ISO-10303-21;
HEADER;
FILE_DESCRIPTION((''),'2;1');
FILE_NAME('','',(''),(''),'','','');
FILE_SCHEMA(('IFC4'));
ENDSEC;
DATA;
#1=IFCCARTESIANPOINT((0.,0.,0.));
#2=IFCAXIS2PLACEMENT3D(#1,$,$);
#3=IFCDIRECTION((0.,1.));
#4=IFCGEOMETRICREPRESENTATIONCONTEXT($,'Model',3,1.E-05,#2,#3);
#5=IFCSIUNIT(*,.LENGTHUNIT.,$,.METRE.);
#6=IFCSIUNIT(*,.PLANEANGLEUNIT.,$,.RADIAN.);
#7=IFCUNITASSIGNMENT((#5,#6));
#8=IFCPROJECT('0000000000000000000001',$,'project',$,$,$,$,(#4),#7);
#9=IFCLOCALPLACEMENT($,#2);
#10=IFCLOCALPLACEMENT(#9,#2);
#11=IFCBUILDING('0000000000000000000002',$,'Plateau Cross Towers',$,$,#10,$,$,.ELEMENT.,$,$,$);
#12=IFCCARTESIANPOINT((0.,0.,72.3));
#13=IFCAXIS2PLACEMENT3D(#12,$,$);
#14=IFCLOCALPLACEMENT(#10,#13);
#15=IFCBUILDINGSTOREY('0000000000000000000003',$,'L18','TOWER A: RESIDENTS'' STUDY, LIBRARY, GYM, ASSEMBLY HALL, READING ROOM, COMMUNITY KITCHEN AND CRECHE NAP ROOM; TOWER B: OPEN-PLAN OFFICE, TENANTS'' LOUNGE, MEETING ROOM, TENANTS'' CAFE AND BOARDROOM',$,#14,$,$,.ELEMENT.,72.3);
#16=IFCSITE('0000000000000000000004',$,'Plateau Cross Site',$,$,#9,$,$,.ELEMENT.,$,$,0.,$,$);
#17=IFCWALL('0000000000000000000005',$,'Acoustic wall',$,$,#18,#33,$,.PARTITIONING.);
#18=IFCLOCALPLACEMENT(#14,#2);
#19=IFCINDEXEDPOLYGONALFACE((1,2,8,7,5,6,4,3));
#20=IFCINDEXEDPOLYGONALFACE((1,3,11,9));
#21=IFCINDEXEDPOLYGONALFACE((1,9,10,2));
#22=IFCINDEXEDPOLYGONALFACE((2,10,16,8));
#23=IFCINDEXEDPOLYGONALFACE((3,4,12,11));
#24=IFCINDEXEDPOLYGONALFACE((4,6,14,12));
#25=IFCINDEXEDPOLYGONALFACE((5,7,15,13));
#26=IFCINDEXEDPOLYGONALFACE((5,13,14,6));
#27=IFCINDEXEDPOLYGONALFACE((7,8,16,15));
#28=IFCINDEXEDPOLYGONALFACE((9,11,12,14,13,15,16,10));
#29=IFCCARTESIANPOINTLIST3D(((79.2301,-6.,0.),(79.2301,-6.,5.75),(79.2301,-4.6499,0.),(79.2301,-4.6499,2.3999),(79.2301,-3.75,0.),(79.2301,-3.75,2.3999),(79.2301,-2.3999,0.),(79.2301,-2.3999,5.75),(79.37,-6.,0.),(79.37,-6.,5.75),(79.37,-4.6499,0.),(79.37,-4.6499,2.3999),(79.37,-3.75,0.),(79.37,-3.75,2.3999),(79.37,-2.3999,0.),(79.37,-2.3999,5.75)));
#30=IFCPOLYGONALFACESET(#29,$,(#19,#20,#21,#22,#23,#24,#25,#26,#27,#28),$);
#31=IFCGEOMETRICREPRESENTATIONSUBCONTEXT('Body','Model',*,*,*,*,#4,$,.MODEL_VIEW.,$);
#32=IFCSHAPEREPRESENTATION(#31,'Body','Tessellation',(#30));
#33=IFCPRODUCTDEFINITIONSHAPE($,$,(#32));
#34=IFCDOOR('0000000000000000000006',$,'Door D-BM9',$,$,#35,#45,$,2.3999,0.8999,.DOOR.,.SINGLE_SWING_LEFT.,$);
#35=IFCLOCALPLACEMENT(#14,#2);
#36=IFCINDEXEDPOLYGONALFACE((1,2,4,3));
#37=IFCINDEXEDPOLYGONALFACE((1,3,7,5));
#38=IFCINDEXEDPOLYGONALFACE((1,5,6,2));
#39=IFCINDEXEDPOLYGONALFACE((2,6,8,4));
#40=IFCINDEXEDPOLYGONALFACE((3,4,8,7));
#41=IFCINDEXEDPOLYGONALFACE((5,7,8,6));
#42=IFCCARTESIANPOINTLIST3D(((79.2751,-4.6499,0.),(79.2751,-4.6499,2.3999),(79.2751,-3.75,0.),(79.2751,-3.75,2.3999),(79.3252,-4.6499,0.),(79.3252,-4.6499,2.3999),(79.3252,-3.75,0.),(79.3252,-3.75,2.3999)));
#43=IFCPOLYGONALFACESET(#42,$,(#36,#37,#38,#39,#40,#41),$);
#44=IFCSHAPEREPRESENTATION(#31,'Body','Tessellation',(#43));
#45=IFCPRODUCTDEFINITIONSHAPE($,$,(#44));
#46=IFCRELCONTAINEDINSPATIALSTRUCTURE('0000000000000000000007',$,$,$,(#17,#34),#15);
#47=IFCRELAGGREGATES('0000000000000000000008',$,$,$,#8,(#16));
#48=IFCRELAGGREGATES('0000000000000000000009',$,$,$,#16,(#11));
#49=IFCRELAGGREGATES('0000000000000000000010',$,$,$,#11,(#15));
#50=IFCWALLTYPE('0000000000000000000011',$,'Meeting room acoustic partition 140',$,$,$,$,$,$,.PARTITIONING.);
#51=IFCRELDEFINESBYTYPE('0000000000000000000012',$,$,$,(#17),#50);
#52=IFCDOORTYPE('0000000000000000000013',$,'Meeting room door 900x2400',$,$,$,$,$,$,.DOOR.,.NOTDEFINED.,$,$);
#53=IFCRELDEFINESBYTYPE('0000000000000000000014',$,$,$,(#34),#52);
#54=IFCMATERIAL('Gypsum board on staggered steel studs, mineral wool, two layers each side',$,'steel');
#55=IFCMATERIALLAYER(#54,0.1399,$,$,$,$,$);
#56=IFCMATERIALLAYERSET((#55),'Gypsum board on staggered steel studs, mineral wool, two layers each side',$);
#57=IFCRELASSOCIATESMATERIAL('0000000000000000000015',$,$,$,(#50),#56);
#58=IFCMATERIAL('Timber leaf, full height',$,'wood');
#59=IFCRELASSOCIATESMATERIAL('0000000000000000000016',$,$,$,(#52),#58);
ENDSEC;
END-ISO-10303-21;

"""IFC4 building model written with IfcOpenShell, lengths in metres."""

from ifc_helpers import new_model, si_unit, direction, frame, frame_2d, origin, place, context, subcontext, project, spatial, rectangle, extrude, material, layer, layer_set, type_object, element, fill, save


model = new_model("IFC4")

# Units and contexts
model_context = context("Model", 3, precision=1e-05, world=origin(), true_north=direction((0.0, 1.0)))
body_context = subcontext(model_context, "Body", "Model", "MODEL_VIEW")
ifc_project = project(units=[si_unit("LENGTHUNIT", "METRE"), si_unit("PLANEANGLEUNIT", "RADIAN")], contexts=[model_context])

# Site, building, storey
site_placement = place(None, origin())
site = spatial("IfcSite", under=ifc_project, at=site_placement, Name="Plateau Cross Site", CompositionType="ELEMENT", RefElevation=0.0)
building_placement = place(site_placement, origin())
building = spatial("IfcBuilding", under=site, at=building_placement, Name="Plateau Cross Towers", CompositionType="ELEMENT")
storey_placement = place(building_placement, frame((0.0, 0.0, 72.3)))
storey = spatial("IfcBuildingStorey", under=building, at=storey_placement, Name="L18", Description="TOWER A: RESIDENTS' STUDY, LIBRARY, GYM, ASSEMBLY HALL, READING ROOM, COMMUNITY KITCHEN AND CRECHE NAP ROOM; TOWER B: OPEN-PLAN OFFICE, TENANTS' LOUNGE, MEETING ROOM, TENANTS' CAFE AND BOARDROOM", CompositionType="ELEMENT", Elevation=72.3)

# Wall, opening, door
ifc_material_1 = material(Name="Gypsum board on staggered steel studs, mineral wool, two layers each side", Category="steel")
ifc_layer_1 = layer(ifc_material_1, 0.1399)
ifc_layer_set_1 = layer_set([ifc_layer_1], Name="Gypsum board on staggered steel studs, mineral wool, two layers each side")
wall_type_1 = type_object("IfcWallType", Name="Meeting room acoustic partition 140", PredefinedType="PARTITIONING", material=ifc_layer_set_1)
wall_1_placement = place(storey_placement, frame((79.3, -6.0, 0.0), z_axis=(0.0, 0.0, 1.0), x_axis=(0.0, 1.0, 0.0)))
wall_1 = element("IfcWall", 1, at=wall_1_placement, inside=storey, type_object=wall_type_1, Name="Acoustic wall", PredefinedType="PARTITIONING", context=body_context, shape_type="SweptSolid", body=[
    extrude(rectangle(XDim=3.6001, YDim=0.1399, at=frame_2d((1.8, 0.0))), origin(), (0.0, 0.0, 1.0), 5.75),
])
opening_1_placement = place(wall_1_placement, frame((1.3501, 0.0, 0.0)))
opening_1 = element("IfcOpeningElement", 2, at=opening_1_placement, cuts=wall_1, PredefinedType="OPENING", context=body_context, shape_type="SweptSolid", body=[
    extrude(rectangle(XDim=0.8999, YDim=2.3999, at=frame_2d((0.45, 1.2))), frame((0.0, 0.0798, 0.0), z_axis=(0.0, -1.0, 0.0), x_axis=(1.0, 0.0, 0.0)), (0.0, 0.0, 1.0), 0.1599),
])
ifc_material_2 = material(Name="Timber leaf, full height", Category="wood")
door_type_1 = type_object("IfcDoorType", Name="Meeting room door 900x2400", OperationType="NOTDEFINED", PredefinedType="DOOR", material=ifc_material_2)
door_1_placement = place(opening_1_placement, origin())
door_1 = element("IfcDoor", 3, at=door_1_placement, inside=storey, type_object=door_type_1, Name="Door D-BM9", OperationType="SINGLE_SWING_LEFT", OverallHeight=2.3999, OverallWidth=0.8999, PredefinedType="DOOR", context=body_context, shape_type="SweptSolid", body=[
    extrude(rectangle(XDim=0.8999, YDim=2.3999, at=frame_2d((0.45, 1.2))), frame((0.0, 0.0249, 0.0), z_axis=(0.0, -1.0, 0.0), x_axis=(1.0, 0.0, 0.0)), (0.0, 0.0, 1.0), 0.05),
])
fill(opening_1, door_1)

save(model, "model.ifc")
